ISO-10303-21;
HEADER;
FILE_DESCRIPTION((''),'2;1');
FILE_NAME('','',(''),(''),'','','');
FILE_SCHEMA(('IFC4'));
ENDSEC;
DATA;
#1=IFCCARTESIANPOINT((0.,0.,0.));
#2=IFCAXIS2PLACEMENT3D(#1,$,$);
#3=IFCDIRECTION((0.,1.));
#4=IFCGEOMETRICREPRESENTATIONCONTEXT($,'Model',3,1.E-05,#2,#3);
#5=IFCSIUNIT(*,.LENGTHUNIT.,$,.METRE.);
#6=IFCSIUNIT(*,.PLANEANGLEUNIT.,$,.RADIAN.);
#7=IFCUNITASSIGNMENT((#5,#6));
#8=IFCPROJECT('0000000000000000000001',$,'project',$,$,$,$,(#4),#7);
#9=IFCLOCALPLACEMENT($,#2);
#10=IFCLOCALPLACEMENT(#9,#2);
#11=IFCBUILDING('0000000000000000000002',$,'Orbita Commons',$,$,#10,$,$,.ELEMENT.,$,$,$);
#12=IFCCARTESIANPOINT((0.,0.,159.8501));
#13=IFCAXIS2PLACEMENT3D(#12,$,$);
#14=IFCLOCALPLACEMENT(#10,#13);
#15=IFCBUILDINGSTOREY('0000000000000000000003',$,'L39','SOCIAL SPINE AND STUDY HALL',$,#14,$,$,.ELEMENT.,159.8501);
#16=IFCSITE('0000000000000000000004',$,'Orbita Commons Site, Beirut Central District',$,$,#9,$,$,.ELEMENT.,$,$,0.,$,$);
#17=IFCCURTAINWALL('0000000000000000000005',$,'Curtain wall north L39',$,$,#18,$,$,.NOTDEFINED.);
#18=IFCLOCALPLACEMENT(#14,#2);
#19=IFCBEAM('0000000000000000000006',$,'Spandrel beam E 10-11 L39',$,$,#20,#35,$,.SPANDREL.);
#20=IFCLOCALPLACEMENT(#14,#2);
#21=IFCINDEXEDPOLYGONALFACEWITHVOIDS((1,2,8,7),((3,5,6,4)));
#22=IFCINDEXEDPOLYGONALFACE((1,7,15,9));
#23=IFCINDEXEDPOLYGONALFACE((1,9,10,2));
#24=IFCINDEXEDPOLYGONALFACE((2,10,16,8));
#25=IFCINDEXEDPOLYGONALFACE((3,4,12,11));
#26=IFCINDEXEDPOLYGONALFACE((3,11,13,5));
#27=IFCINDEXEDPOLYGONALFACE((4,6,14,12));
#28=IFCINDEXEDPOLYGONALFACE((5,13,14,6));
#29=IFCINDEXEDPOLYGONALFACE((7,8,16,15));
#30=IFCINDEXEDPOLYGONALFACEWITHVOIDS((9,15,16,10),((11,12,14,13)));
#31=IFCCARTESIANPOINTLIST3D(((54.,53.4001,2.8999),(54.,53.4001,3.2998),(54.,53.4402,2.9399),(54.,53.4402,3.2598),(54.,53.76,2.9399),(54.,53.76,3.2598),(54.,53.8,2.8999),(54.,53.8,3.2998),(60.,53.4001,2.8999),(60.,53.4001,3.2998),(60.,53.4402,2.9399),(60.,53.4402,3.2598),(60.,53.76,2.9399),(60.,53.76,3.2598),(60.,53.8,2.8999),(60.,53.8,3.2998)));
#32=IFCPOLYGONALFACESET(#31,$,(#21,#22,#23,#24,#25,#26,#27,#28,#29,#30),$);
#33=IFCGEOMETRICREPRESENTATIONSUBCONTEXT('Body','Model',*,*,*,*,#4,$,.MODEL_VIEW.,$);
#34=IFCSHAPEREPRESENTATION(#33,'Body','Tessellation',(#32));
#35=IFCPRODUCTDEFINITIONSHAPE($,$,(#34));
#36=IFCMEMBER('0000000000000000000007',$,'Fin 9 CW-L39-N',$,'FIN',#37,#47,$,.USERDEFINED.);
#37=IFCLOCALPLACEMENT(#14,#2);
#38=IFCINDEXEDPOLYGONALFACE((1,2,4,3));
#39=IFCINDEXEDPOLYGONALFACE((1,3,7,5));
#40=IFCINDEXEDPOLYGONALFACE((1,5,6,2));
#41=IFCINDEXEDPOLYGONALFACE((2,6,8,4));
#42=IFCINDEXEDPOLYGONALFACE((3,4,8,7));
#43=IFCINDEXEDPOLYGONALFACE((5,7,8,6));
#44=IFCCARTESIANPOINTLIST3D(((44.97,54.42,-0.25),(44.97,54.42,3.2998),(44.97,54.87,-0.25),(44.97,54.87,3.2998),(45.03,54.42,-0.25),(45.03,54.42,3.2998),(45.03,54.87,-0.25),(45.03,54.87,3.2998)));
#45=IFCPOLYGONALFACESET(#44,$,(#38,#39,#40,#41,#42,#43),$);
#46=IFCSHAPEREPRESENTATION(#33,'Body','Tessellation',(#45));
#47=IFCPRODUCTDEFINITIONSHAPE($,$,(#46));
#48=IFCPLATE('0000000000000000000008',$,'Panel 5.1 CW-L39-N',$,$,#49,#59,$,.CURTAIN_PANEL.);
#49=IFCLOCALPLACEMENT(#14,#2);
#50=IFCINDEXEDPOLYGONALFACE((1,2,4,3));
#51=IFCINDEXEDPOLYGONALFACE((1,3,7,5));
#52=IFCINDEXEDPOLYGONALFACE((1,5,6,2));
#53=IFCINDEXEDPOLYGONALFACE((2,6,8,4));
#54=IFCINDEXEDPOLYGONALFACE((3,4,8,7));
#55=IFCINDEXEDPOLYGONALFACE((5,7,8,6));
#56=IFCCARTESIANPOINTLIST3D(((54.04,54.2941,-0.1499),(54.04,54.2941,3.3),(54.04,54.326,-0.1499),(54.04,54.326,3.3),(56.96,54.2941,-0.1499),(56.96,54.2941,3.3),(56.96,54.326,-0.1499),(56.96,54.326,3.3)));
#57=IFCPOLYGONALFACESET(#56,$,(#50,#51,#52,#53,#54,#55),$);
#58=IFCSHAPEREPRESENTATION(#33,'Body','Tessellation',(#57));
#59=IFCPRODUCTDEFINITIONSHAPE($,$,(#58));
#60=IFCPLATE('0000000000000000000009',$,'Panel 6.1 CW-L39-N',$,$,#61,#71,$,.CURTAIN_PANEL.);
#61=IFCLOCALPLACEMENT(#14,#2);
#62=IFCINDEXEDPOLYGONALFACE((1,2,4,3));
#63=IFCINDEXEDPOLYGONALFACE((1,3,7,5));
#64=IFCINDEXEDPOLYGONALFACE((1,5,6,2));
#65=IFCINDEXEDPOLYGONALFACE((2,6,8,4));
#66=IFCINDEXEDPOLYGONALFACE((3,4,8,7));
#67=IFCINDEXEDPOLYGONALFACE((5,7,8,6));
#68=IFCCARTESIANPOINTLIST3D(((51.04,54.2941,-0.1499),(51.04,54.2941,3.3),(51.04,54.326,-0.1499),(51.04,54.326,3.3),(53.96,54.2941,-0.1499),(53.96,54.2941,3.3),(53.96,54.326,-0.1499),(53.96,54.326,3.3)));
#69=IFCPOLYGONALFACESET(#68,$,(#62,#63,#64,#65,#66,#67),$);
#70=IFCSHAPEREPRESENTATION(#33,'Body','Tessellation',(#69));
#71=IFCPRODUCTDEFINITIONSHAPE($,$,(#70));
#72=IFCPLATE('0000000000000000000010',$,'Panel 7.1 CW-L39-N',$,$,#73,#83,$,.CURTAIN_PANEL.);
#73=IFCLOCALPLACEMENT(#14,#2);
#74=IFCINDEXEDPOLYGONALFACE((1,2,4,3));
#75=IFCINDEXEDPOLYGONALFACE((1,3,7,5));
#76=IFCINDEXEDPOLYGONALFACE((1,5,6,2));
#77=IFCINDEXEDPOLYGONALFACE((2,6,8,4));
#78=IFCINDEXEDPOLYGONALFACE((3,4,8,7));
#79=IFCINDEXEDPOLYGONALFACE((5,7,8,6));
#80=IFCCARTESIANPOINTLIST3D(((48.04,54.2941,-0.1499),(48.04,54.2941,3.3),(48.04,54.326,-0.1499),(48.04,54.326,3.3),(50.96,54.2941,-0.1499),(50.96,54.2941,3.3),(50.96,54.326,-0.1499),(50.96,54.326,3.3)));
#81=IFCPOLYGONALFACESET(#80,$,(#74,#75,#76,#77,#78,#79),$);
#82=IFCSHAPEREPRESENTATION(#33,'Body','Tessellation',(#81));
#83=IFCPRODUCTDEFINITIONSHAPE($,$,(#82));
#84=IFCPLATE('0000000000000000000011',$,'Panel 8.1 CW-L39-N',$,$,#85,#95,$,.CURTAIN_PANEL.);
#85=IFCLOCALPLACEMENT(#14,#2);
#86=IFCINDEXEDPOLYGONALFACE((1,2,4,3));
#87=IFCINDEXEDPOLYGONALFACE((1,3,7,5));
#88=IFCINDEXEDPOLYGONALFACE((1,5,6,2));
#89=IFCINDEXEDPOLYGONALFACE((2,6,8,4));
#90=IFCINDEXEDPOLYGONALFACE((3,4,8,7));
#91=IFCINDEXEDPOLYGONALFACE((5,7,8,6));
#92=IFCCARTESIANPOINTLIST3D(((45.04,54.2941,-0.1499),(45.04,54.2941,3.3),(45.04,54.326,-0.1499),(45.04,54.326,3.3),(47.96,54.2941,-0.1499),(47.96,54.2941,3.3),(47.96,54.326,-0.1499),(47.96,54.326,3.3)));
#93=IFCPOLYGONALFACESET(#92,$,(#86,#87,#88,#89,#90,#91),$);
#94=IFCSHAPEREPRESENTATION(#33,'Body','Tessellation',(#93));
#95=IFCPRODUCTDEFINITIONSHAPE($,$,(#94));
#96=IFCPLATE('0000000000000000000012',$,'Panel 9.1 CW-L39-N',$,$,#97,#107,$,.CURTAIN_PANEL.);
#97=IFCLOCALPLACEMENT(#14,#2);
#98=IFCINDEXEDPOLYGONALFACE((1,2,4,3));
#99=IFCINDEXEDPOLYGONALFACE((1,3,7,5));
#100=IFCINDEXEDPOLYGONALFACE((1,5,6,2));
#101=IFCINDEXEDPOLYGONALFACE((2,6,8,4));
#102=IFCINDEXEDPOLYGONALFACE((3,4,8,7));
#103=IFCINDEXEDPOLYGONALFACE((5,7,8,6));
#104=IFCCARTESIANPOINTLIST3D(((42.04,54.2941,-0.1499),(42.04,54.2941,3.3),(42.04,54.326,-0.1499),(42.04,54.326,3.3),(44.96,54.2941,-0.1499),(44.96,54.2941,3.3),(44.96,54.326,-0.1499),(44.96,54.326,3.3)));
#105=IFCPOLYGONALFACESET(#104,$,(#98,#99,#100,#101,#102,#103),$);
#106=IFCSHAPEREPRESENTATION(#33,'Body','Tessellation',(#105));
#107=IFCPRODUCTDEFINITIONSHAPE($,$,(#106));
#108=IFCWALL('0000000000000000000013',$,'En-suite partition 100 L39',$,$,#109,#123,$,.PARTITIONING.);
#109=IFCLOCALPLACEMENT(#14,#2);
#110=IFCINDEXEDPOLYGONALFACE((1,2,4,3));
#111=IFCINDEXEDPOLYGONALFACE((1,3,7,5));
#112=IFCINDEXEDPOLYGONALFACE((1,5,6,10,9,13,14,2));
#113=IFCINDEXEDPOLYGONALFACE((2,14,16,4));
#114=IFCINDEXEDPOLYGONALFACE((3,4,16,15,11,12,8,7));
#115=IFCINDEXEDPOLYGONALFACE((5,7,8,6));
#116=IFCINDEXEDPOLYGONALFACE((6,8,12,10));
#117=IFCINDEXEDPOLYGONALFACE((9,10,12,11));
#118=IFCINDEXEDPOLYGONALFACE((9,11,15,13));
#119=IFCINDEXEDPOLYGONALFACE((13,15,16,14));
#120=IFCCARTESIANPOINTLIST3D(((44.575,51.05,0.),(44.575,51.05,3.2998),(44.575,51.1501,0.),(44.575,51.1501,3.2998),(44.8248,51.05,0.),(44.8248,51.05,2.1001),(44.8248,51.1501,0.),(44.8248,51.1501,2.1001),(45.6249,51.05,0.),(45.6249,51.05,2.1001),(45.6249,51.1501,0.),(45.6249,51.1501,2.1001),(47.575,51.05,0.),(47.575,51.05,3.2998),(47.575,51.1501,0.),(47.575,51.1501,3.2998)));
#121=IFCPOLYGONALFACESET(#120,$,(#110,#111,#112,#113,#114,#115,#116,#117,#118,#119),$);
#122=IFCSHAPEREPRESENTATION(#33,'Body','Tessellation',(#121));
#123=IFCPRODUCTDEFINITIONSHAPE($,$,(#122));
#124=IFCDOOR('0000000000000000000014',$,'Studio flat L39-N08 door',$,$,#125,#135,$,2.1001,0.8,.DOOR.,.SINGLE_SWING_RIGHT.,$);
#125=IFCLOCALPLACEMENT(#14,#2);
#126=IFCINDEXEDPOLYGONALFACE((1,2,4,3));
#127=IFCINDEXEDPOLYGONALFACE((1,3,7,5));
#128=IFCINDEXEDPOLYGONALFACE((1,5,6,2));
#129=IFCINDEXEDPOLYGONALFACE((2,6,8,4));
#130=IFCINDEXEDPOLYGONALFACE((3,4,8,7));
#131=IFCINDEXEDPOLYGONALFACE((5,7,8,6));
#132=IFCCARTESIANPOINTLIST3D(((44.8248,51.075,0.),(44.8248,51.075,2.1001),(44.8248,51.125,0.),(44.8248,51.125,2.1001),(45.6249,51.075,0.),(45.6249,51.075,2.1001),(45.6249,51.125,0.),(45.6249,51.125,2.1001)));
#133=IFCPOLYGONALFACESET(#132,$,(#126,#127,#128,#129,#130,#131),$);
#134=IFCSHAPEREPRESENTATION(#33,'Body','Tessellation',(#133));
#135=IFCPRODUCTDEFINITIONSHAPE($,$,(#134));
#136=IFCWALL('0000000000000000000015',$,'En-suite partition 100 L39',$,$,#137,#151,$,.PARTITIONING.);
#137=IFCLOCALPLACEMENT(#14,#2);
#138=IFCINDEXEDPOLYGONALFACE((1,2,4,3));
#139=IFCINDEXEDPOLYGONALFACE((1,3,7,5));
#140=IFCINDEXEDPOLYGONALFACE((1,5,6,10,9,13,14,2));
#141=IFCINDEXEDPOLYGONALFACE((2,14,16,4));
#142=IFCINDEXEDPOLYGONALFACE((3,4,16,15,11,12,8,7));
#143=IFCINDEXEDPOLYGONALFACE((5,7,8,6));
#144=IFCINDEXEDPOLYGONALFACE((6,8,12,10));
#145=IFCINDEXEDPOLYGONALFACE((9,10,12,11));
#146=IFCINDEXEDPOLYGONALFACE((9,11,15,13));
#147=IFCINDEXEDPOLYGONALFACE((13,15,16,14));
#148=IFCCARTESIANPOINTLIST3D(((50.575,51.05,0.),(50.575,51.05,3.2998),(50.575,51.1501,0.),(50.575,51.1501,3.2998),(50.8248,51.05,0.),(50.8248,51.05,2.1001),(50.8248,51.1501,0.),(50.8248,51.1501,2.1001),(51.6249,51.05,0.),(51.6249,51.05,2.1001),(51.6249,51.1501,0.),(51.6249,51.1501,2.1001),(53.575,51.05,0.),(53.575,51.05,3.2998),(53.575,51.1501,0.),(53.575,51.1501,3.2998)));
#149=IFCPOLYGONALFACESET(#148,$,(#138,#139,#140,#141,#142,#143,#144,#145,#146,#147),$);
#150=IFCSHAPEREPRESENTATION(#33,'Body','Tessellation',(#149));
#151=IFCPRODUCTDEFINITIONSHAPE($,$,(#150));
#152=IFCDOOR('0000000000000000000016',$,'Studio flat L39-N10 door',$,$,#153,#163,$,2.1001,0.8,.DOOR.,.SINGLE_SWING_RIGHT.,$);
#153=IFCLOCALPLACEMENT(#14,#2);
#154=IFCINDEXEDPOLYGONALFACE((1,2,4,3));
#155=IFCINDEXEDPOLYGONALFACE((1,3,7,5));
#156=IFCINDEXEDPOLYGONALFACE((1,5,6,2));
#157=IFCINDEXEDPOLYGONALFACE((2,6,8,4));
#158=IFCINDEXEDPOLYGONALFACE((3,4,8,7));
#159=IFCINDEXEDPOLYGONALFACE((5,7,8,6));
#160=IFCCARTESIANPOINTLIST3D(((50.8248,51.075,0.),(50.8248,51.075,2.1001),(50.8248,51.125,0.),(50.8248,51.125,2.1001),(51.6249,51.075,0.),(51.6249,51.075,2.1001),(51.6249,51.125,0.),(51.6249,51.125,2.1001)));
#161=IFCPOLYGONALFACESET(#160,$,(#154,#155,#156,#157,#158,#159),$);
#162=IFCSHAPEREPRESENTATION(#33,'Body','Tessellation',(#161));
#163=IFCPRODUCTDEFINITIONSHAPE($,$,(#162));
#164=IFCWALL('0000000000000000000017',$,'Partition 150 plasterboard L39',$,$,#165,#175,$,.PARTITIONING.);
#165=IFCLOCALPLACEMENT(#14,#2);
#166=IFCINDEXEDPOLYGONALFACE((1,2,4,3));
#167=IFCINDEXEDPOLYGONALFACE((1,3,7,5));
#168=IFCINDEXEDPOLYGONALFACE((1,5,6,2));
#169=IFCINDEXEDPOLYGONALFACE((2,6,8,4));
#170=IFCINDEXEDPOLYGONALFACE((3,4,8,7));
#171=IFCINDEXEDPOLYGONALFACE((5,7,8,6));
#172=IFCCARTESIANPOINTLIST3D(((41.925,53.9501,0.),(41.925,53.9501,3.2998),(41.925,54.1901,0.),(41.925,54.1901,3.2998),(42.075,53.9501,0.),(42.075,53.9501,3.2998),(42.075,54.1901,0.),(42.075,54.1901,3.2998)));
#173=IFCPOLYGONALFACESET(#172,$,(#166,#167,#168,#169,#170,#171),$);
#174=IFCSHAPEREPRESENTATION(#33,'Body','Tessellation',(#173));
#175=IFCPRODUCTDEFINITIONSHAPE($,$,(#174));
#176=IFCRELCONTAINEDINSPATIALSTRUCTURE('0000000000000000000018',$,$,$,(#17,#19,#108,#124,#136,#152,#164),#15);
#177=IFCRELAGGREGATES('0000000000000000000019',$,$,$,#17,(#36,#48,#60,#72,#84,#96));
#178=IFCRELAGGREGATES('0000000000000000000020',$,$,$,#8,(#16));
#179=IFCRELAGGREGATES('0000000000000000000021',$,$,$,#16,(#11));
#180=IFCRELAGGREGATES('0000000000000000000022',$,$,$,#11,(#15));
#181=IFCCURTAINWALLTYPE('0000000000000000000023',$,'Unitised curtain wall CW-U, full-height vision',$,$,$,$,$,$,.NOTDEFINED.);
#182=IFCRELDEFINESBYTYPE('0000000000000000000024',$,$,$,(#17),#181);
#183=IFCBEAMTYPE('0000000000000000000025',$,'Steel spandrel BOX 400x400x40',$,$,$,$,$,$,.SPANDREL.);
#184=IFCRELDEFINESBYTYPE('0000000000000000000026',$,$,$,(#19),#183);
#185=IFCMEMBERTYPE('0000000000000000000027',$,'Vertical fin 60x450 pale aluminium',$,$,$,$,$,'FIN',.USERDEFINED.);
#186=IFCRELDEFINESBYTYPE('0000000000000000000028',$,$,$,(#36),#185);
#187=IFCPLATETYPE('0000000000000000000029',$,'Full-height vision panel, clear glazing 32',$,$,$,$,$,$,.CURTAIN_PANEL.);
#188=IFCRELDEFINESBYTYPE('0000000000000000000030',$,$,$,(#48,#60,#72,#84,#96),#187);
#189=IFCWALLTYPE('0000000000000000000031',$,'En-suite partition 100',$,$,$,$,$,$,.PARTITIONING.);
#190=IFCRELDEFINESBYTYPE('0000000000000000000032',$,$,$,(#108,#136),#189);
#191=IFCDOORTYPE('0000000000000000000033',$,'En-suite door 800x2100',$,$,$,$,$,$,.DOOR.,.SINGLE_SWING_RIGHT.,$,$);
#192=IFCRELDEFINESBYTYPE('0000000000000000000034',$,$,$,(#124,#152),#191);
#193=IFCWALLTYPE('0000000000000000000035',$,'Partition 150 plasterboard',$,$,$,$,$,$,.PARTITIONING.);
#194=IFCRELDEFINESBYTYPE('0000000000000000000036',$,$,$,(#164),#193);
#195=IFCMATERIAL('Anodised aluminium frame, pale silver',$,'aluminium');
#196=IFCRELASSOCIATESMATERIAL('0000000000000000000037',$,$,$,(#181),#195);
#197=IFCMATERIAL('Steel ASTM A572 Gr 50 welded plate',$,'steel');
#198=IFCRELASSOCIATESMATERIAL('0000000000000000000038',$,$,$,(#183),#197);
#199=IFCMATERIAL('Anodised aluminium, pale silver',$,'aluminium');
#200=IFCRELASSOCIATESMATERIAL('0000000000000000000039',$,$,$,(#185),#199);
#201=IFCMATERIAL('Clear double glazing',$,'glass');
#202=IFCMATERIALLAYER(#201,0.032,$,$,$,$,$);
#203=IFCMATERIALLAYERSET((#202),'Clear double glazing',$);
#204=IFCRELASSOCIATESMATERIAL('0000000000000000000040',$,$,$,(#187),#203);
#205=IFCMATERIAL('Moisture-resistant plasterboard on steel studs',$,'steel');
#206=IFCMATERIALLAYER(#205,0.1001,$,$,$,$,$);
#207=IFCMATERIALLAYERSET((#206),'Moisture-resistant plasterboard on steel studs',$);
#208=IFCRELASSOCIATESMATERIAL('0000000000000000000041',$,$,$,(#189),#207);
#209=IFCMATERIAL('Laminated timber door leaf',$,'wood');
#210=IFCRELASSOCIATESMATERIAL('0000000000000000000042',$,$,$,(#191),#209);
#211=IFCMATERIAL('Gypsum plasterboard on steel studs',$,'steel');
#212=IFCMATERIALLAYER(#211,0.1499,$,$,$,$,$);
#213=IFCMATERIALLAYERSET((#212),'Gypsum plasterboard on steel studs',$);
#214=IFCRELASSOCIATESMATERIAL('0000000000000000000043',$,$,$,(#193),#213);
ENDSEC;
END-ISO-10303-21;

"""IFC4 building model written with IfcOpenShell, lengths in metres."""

from ifc_helpers import new_model, si_unit, direction, frame, frame_2d, origin, origin_2d, place, context, subcontext, project, spatial, rectangle, hollow_rectangle, extrude, material, layer, layer_set, material_profile, profile_set, type_object, element, fill, aggregate, save


model = new_model("IFC4")

# Units and contexts
model_context = context("Model", 3, precision=1e-05, world=origin(), true_north=direction((0.0, 1.0)))
body_context = subcontext(model_context, "Body", "Model", "MODEL_VIEW")
ifc_project = project(units=[si_unit("LENGTHUNIT", "METRE"), si_unit("PLANEANGLEUNIT", "RADIAN")], contexts=[model_context])

# Site, building, storey
site_placement = place(None, origin())
site = spatial("IfcSite", under=ifc_project, at=site_placement, Name="Orbita Commons Site, Beirut Central District", CompositionType="ELEMENT", RefElevation=0.0)
building_placement = place(site_placement, origin())
building = spatial("IfcBuilding", under=site, at=building_placement, Name="Orbita Commons", CompositionType="ELEMENT")
storey_placement = place(building_placement, frame((0.0, 0.0, 159.8501)))
storey = spatial("IfcBuildingStorey", under=building, at=storey_placement, Name="L39", Description="SOCIAL SPINE AND STUDY HALL", CompositionType="ELEMENT", Elevation=159.8501)

# Curtain wall
ifc_material_1 = material(Name="Anodised aluminium frame, pale silver", Category="aluminium")
curtain_wall_type = type_object("IfcCurtainWallType", Name="Unitised curtain wall CW-U, full-height vision", PredefinedType="NOTDEFINED", material=ifc_material_1)
curtain_wall_placement = place(storey_placement, origin())
curtain_wall = element("IfcCurtainWall", 1, at=curtain_wall_placement, inside=storey, type_object=curtain_wall_type, Name="Curtain wall north L39", PredefinedType="NOTDEFINED")

# Beam
ifc_material_2 = material(Name="Steel ASTM A572 Gr 50 welded plate", Category="steel")
ifc_material_profile_1 = material_profile(ifc_material_2, hollow_rectangle(XDim=0.3999, YDim=0.3999, WallThickness=0.04, at=origin_2d()), Name="BOX 400x400x40")
ifc_profile_set_1 = profile_set([ifc_material_profile_1], Name="Steel ASTM A572 Gr 50 welded plate")
beam_type = type_object("IfcBeamType", Name="Steel spandrel BOX 400x400x40", PredefinedType="SPANDREL", material=ifc_profile_set_1)
for number, where, z_axis, x_axis, name in (
    (2, (54.0, 53.6001, 3.0999), (1.0, 0.0, 0.0), (0.0, 1.0, 0.0), "Spandrel beam E 10-11 L39"),
):
    element("IfcBeam", number, at=place(storey_placement, frame(where, z_axis=z_axis, x_axis=x_axis)), inside=storey, type_object=beam_type, Name=name, PredefinedType="SPANDREL", context=body_context, shape_type="SweptSolid", body=[
        extrude(hollow_rectangle(XDim=0.3999, YDim=0.3999, WallThickness=0.04, at=origin_2d()), origin(), (0.0, 0.0, 1.0), 6.0),
    ])

# Member
ifc_material_3 = material(Name="Anodised aluminium, pale silver", Category="aluminium")
ifc_material_profile_2 = material_profile(ifc_material_3, rectangle(XDim=0.0601, YDim=0.45, at=origin_2d()), Name="FIN 60x450")
ifc_profile_set_2 = profile_set([ifc_material_profile_2], Name="Anodised aluminium, pale silver")
member_type_1 = type_object("IfcMemberType", Name="Vertical fin 60x450 pale aluminium", ElementType="FIN", PredefinedType="USERDEFINED", material=ifc_profile_set_2)
member_1_placement = place(storey_placement, frame((45.0, 54.645, -0.25), z_axis=(0.0, 0.0, 1.0), x_axis=(-1.0, 0.0, 0.0)))
member_1 = element("IfcMember", 3, at=member_1_placement, type_object=member_type_1, Name="Fin 9 CW-L39-N", ObjectType="FIN", PredefinedType="USERDEFINED", context=body_context, shape_type="SweptSolid", body=[
    extrude(rectangle(XDim=0.0601, YDim=0.45, at=origin_2d()), origin(), (0.0, 0.0, 1.0), 3.5498),
])

# Plates
ifc_material_4 = material(Name="Clear double glazing", Category="glass")
ifc_layer_1 = layer(ifc_material_4, 0.032)
ifc_layer_set_1 = layer_set([ifc_layer_1], Name="Clear double glazing")
plate_type = type_object("IfcPlateType", Name="Full-height vision panel, clear glazing 32", PredefinedType="CURTAIN_PANEL", material=ifc_layer_set_1)
plate_1_placement = place(storey_placement, frame((55.5, 54.3101, -0.1499), z_axis=(0.0, 0.0, 1.0), x_axis=(-1.0, 0.0, 0.0)))
plate_1 = element("IfcPlate", 4, at=plate_1_placement, type_object=plate_type, Name="Panel 5.1 CW-L39-N", PredefinedType="CURTAIN_PANEL", context=body_context, shape_type="SweptSolid", body=[
    extrude(rectangle(XDim=2.9199, YDim=0.032, at=origin_2d()), origin(), (0.0, 0.0, 1.0), 3.45),
])
plate_2_placement = place(storey_placement, frame((52.5, 54.3101, -0.1499), z_axis=(0.0, 0.0, 1.0), x_axis=(-1.0, 0.0, 0.0)))
plate_2 = element("IfcPlate", 5, at=plate_2_placement, type_object=plate_type, Name="Panel 6.1 CW-L39-N", PredefinedType="CURTAIN_PANEL", context=body_context, shape_type="SweptSolid", body=[
    extrude(rectangle(XDim=2.9199, YDim=0.032, at=origin_2d()), origin(), (0.0, 0.0, 1.0), 3.45),
])
plate_3_placement = place(storey_placement, frame((49.5, 54.3101, -0.1499), z_axis=(0.0, 0.0, 1.0), x_axis=(-1.0, 0.0, 0.0)))
plate_3 = element("IfcPlate", 6, at=plate_3_placement, type_object=plate_type, Name="Panel 7.1 CW-L39-N", PredefinedType="CURTAIN_PANEL", context=body_context, shape_type="SweptSolid", body=[
    extrude(rectangle(XDim=2.9199, YDim=0.032, at=origin_2d()), origin(), (0.0, 0.0, 1.0), 3.45),
])
plate_4_placement = place(storey_placement, frame((46.5, 54.3101, -0.1499), z_axis=(0.0, 0.0, 1.0), x_axis=(-1.0, 0.0, 0.0)))
plate_4 = element("IfcPlate", 7, at=plate_4_placement, type_object=plate_type, Name="Panel 8.1 CW-L39-N", PredefinedType="CURTAIN_PANEL", context=body_context, shape_type="SweptSolid", body=[
    extrude(rectangle(XDim=2.9199, YDim=0.032, at=origin_2d()), origin(), (0.0, 0.0, 1.0), 3.45),
])
plate_5_placement = place(storey_placement, frame((43.5, 54.3101, -0.1499), z_axis=(0.0, 0.0, 1.0), x_axis=(-1.0, 0.0, 0.0)))
plate_5 = element("IfcPlate", 8, at=plate_5_placement, type_object=plate_type, Name="Panel 9.1 CW-L39-N", PredefinedType="CURTAIN_PANEL", context=body_context, shape_type="SweptSolid", body=[
    extrude(rectangle(XDim=2.9199, YDim=0.032, at=origin_2d()), origin(), (0.0, 0.0, 1.0), 3.45),
])
aggregate(curtain_wall, [member_1, plate_1, plate_2, plate_3, plate_4, plate_5])

# Walls, openings, doors
ifc_material_5 = material(Name="Moisture-resistant plasterboard on steel studs", Category="steel")
ifc_layer_2 = layer(ifc_material_5, 0.1001)
ifc_layer_set_2 = layer_set([ifc_layer_2], Name="Moisture-resistant plasterboard on steel studs")
wall_type_1 = type_object("IfcWallType", Name="En-suite partition 100", PredefinedType="PARTITIONING", material=ifc_layer_set_2)
wall_1_placement = place(storey_placement, frame((44.575, 51.1001, 0.0), z_axis=(0.0, 0.0, 1.0), x_axis=(1.0, 0.0, 0.0)))
wall_1 = element("IfcWall", 9, at=wall_1_placement, inside=storey, type_object=wall_type_1, Name="En-suite partition 100 L39", PredefinedType="PARTITIONING", context=body_context, shape_type="SweptSolid", body=[
    extrude(rectangle(XDim=3.0, YDim=0.1001, at=frame_2d((1.5, 0.0))), origin(), (0.0, 0.0, 1.0), 3.2998),
])
opening_1_placement = place(wall_1_placement, frame((0.25, 0.0, 0.0)))
opening_1 = element("IfcOpeningElement", 10, at=opening_1_placement, cuts=wall_1, PredefinedType="OPENING", context=body_context, shape_type="SweptSolid", body=[
    extrude(rectangle(XDim=0.8, YDim=2.1001, at=frame_2d((0.3999, 1.05))), frame((0.0, 0.0601, 0.0), z_axis=(0.0, -1.0, 0.0), x_axis=(1.0, 0.0, 0.0)), (0.0, 0.0, 1.0), 0.1201),
])
ifc_material_6 = material(Name="Laminated timber door leaf", Category="wood")
door_type = type_object("IfcDoorType", Name="En-suite door 800x2100", OperationType="SINGLE_SWING_RIGHT", PredefinedType="DOOR", material=ifc_material_6)
door_1_placement = place(opening_1_placement, origin())
door_1 = element("IfcDoor", 11, at=door_1_placement, inside=storey, type_object=door_type, Name="Studio flat L39-N08 door", OperationType="SINGLE_SWING_RIGHT", OverallHeight=2.1001, OverallWidth=0.8, PredefinedType="DOOR", context=body_context, shape_type="SweptSolid", body=[
    extrude(rectangle(XDim=0.8, YDim=2.1001, at=frame_2d((0.3999, 1.05))), frame((0.0, 0.0249, 0.0), z_axis=(0.0, -1.0, 0.0), x_axis=(1.0, 0.0, 0.0)), (0.0, 0.0, 1.0), 0.05),
])
fill(opening_1, door_1)
wall_2_placement = place(storey_placement, frame((50.575, 51.1001, 0.0), z_axis=(0.0, 0.0, 1.0), x_axis=(1.0, 0.0, 0.0)))
wall_2 = element("IfcWall", 12, at=wall_2_placement, inside=storey, type_object=wall_type_1, Name="En-suite partition 100 L39", PredefinedType="PARTITIONING", context=body_context, shape_type="SweptSolid", body=[
    extrude(rectangle(XDim=3.0, YDim=0.1001, at=frame_2d((1.5, 0.0))), origin(), (0.0, 0.0, 1.0), 3.2998),
])
opening_2_placement = place(wall_2_placement, frame((0.25, 0.0, 0.0)))
opening_2 = element("IfcOpeningElement", 13, at=opening_2_placement, cuts=wall_2, PredefinedType="OPENING", context=body_context, shape_type="SweptSolid", body=[
    extrude(rectangle(XDim=0.8, YDim=2.1001, at=frame_2d((0.3999, 1.05))), frame((0.0, 0.0601, 0.0), z_axis=(0.0, -1.0, 0.0), x_axis=(1.0, 0.0, 0.0)), (0.0, 0.0, 1.0), 0.1201),
])
door_2_placement = place(opening_2_placement, origin())
door_2 = element("IfcDoor", 14, at=door_2_placement, inside=storey, type_object=door_type, Name="Studio flat L39-N10 door", OperationType="SINGLE_SWING_RIGHT", OverallHeight=2.1001, OverallWidth=0.8, PredefinedType="DOOR", context=body_context, shape_type="SweptSolid", body=[
    extrude(rectangle(XDim=0.8, YDim=2.1001, at=frame_2d((0.3999, 1.05))), frame((0.0, 0.0249, 0.0), z_axis=(0.0, -1.0, 0.0), x_axis=(1.0, 0.0, 0.0)), (0.0, 0.0, 1.0), 0.05),
])
fill(opening_2, door_2)

# Wall
ifc_material_7 = material(Name="Gypsum plasterboard on steel studs", Category="steel")
ifc_layer_3 = layer(ifc_material_7, 0.1499)
ifc_layer_set_3 = layer_set([ifc_layer_3], Name="Gypsum plasterboard on steel studs")
wall_type_2 = type_object("IfcWallType", Name="Partition 150 plasterboard", PredefinedType="PARTITIONING", material=ifc_layer_set_3)
for number, where, z_axis, x_axis, name in (
    (15, (42.0, 53.95, 0.0), (0.0, 0.0, 1.0), (0.0, 1.0, 0.0), "Partition 150 plasterboard L39"),
):
    element("IfcWall", number, at=place(storey_placement, frame(where, z_axis=z_axis, x_axis=x_axis)), inside=storey, type_object=wall_type_2, Name=name, PredefinedType="PARTITIONING", context=body_context, shape_type="SweptSolid", body=[
        extrude(rectangle(XDim=0.24, YDim=0.1499, at=frame_2d((0.1201, 0.0))), origin(), (0.0, 0.0, 1.0), 3.2998),
    ])

save(model, "model.ifc")
